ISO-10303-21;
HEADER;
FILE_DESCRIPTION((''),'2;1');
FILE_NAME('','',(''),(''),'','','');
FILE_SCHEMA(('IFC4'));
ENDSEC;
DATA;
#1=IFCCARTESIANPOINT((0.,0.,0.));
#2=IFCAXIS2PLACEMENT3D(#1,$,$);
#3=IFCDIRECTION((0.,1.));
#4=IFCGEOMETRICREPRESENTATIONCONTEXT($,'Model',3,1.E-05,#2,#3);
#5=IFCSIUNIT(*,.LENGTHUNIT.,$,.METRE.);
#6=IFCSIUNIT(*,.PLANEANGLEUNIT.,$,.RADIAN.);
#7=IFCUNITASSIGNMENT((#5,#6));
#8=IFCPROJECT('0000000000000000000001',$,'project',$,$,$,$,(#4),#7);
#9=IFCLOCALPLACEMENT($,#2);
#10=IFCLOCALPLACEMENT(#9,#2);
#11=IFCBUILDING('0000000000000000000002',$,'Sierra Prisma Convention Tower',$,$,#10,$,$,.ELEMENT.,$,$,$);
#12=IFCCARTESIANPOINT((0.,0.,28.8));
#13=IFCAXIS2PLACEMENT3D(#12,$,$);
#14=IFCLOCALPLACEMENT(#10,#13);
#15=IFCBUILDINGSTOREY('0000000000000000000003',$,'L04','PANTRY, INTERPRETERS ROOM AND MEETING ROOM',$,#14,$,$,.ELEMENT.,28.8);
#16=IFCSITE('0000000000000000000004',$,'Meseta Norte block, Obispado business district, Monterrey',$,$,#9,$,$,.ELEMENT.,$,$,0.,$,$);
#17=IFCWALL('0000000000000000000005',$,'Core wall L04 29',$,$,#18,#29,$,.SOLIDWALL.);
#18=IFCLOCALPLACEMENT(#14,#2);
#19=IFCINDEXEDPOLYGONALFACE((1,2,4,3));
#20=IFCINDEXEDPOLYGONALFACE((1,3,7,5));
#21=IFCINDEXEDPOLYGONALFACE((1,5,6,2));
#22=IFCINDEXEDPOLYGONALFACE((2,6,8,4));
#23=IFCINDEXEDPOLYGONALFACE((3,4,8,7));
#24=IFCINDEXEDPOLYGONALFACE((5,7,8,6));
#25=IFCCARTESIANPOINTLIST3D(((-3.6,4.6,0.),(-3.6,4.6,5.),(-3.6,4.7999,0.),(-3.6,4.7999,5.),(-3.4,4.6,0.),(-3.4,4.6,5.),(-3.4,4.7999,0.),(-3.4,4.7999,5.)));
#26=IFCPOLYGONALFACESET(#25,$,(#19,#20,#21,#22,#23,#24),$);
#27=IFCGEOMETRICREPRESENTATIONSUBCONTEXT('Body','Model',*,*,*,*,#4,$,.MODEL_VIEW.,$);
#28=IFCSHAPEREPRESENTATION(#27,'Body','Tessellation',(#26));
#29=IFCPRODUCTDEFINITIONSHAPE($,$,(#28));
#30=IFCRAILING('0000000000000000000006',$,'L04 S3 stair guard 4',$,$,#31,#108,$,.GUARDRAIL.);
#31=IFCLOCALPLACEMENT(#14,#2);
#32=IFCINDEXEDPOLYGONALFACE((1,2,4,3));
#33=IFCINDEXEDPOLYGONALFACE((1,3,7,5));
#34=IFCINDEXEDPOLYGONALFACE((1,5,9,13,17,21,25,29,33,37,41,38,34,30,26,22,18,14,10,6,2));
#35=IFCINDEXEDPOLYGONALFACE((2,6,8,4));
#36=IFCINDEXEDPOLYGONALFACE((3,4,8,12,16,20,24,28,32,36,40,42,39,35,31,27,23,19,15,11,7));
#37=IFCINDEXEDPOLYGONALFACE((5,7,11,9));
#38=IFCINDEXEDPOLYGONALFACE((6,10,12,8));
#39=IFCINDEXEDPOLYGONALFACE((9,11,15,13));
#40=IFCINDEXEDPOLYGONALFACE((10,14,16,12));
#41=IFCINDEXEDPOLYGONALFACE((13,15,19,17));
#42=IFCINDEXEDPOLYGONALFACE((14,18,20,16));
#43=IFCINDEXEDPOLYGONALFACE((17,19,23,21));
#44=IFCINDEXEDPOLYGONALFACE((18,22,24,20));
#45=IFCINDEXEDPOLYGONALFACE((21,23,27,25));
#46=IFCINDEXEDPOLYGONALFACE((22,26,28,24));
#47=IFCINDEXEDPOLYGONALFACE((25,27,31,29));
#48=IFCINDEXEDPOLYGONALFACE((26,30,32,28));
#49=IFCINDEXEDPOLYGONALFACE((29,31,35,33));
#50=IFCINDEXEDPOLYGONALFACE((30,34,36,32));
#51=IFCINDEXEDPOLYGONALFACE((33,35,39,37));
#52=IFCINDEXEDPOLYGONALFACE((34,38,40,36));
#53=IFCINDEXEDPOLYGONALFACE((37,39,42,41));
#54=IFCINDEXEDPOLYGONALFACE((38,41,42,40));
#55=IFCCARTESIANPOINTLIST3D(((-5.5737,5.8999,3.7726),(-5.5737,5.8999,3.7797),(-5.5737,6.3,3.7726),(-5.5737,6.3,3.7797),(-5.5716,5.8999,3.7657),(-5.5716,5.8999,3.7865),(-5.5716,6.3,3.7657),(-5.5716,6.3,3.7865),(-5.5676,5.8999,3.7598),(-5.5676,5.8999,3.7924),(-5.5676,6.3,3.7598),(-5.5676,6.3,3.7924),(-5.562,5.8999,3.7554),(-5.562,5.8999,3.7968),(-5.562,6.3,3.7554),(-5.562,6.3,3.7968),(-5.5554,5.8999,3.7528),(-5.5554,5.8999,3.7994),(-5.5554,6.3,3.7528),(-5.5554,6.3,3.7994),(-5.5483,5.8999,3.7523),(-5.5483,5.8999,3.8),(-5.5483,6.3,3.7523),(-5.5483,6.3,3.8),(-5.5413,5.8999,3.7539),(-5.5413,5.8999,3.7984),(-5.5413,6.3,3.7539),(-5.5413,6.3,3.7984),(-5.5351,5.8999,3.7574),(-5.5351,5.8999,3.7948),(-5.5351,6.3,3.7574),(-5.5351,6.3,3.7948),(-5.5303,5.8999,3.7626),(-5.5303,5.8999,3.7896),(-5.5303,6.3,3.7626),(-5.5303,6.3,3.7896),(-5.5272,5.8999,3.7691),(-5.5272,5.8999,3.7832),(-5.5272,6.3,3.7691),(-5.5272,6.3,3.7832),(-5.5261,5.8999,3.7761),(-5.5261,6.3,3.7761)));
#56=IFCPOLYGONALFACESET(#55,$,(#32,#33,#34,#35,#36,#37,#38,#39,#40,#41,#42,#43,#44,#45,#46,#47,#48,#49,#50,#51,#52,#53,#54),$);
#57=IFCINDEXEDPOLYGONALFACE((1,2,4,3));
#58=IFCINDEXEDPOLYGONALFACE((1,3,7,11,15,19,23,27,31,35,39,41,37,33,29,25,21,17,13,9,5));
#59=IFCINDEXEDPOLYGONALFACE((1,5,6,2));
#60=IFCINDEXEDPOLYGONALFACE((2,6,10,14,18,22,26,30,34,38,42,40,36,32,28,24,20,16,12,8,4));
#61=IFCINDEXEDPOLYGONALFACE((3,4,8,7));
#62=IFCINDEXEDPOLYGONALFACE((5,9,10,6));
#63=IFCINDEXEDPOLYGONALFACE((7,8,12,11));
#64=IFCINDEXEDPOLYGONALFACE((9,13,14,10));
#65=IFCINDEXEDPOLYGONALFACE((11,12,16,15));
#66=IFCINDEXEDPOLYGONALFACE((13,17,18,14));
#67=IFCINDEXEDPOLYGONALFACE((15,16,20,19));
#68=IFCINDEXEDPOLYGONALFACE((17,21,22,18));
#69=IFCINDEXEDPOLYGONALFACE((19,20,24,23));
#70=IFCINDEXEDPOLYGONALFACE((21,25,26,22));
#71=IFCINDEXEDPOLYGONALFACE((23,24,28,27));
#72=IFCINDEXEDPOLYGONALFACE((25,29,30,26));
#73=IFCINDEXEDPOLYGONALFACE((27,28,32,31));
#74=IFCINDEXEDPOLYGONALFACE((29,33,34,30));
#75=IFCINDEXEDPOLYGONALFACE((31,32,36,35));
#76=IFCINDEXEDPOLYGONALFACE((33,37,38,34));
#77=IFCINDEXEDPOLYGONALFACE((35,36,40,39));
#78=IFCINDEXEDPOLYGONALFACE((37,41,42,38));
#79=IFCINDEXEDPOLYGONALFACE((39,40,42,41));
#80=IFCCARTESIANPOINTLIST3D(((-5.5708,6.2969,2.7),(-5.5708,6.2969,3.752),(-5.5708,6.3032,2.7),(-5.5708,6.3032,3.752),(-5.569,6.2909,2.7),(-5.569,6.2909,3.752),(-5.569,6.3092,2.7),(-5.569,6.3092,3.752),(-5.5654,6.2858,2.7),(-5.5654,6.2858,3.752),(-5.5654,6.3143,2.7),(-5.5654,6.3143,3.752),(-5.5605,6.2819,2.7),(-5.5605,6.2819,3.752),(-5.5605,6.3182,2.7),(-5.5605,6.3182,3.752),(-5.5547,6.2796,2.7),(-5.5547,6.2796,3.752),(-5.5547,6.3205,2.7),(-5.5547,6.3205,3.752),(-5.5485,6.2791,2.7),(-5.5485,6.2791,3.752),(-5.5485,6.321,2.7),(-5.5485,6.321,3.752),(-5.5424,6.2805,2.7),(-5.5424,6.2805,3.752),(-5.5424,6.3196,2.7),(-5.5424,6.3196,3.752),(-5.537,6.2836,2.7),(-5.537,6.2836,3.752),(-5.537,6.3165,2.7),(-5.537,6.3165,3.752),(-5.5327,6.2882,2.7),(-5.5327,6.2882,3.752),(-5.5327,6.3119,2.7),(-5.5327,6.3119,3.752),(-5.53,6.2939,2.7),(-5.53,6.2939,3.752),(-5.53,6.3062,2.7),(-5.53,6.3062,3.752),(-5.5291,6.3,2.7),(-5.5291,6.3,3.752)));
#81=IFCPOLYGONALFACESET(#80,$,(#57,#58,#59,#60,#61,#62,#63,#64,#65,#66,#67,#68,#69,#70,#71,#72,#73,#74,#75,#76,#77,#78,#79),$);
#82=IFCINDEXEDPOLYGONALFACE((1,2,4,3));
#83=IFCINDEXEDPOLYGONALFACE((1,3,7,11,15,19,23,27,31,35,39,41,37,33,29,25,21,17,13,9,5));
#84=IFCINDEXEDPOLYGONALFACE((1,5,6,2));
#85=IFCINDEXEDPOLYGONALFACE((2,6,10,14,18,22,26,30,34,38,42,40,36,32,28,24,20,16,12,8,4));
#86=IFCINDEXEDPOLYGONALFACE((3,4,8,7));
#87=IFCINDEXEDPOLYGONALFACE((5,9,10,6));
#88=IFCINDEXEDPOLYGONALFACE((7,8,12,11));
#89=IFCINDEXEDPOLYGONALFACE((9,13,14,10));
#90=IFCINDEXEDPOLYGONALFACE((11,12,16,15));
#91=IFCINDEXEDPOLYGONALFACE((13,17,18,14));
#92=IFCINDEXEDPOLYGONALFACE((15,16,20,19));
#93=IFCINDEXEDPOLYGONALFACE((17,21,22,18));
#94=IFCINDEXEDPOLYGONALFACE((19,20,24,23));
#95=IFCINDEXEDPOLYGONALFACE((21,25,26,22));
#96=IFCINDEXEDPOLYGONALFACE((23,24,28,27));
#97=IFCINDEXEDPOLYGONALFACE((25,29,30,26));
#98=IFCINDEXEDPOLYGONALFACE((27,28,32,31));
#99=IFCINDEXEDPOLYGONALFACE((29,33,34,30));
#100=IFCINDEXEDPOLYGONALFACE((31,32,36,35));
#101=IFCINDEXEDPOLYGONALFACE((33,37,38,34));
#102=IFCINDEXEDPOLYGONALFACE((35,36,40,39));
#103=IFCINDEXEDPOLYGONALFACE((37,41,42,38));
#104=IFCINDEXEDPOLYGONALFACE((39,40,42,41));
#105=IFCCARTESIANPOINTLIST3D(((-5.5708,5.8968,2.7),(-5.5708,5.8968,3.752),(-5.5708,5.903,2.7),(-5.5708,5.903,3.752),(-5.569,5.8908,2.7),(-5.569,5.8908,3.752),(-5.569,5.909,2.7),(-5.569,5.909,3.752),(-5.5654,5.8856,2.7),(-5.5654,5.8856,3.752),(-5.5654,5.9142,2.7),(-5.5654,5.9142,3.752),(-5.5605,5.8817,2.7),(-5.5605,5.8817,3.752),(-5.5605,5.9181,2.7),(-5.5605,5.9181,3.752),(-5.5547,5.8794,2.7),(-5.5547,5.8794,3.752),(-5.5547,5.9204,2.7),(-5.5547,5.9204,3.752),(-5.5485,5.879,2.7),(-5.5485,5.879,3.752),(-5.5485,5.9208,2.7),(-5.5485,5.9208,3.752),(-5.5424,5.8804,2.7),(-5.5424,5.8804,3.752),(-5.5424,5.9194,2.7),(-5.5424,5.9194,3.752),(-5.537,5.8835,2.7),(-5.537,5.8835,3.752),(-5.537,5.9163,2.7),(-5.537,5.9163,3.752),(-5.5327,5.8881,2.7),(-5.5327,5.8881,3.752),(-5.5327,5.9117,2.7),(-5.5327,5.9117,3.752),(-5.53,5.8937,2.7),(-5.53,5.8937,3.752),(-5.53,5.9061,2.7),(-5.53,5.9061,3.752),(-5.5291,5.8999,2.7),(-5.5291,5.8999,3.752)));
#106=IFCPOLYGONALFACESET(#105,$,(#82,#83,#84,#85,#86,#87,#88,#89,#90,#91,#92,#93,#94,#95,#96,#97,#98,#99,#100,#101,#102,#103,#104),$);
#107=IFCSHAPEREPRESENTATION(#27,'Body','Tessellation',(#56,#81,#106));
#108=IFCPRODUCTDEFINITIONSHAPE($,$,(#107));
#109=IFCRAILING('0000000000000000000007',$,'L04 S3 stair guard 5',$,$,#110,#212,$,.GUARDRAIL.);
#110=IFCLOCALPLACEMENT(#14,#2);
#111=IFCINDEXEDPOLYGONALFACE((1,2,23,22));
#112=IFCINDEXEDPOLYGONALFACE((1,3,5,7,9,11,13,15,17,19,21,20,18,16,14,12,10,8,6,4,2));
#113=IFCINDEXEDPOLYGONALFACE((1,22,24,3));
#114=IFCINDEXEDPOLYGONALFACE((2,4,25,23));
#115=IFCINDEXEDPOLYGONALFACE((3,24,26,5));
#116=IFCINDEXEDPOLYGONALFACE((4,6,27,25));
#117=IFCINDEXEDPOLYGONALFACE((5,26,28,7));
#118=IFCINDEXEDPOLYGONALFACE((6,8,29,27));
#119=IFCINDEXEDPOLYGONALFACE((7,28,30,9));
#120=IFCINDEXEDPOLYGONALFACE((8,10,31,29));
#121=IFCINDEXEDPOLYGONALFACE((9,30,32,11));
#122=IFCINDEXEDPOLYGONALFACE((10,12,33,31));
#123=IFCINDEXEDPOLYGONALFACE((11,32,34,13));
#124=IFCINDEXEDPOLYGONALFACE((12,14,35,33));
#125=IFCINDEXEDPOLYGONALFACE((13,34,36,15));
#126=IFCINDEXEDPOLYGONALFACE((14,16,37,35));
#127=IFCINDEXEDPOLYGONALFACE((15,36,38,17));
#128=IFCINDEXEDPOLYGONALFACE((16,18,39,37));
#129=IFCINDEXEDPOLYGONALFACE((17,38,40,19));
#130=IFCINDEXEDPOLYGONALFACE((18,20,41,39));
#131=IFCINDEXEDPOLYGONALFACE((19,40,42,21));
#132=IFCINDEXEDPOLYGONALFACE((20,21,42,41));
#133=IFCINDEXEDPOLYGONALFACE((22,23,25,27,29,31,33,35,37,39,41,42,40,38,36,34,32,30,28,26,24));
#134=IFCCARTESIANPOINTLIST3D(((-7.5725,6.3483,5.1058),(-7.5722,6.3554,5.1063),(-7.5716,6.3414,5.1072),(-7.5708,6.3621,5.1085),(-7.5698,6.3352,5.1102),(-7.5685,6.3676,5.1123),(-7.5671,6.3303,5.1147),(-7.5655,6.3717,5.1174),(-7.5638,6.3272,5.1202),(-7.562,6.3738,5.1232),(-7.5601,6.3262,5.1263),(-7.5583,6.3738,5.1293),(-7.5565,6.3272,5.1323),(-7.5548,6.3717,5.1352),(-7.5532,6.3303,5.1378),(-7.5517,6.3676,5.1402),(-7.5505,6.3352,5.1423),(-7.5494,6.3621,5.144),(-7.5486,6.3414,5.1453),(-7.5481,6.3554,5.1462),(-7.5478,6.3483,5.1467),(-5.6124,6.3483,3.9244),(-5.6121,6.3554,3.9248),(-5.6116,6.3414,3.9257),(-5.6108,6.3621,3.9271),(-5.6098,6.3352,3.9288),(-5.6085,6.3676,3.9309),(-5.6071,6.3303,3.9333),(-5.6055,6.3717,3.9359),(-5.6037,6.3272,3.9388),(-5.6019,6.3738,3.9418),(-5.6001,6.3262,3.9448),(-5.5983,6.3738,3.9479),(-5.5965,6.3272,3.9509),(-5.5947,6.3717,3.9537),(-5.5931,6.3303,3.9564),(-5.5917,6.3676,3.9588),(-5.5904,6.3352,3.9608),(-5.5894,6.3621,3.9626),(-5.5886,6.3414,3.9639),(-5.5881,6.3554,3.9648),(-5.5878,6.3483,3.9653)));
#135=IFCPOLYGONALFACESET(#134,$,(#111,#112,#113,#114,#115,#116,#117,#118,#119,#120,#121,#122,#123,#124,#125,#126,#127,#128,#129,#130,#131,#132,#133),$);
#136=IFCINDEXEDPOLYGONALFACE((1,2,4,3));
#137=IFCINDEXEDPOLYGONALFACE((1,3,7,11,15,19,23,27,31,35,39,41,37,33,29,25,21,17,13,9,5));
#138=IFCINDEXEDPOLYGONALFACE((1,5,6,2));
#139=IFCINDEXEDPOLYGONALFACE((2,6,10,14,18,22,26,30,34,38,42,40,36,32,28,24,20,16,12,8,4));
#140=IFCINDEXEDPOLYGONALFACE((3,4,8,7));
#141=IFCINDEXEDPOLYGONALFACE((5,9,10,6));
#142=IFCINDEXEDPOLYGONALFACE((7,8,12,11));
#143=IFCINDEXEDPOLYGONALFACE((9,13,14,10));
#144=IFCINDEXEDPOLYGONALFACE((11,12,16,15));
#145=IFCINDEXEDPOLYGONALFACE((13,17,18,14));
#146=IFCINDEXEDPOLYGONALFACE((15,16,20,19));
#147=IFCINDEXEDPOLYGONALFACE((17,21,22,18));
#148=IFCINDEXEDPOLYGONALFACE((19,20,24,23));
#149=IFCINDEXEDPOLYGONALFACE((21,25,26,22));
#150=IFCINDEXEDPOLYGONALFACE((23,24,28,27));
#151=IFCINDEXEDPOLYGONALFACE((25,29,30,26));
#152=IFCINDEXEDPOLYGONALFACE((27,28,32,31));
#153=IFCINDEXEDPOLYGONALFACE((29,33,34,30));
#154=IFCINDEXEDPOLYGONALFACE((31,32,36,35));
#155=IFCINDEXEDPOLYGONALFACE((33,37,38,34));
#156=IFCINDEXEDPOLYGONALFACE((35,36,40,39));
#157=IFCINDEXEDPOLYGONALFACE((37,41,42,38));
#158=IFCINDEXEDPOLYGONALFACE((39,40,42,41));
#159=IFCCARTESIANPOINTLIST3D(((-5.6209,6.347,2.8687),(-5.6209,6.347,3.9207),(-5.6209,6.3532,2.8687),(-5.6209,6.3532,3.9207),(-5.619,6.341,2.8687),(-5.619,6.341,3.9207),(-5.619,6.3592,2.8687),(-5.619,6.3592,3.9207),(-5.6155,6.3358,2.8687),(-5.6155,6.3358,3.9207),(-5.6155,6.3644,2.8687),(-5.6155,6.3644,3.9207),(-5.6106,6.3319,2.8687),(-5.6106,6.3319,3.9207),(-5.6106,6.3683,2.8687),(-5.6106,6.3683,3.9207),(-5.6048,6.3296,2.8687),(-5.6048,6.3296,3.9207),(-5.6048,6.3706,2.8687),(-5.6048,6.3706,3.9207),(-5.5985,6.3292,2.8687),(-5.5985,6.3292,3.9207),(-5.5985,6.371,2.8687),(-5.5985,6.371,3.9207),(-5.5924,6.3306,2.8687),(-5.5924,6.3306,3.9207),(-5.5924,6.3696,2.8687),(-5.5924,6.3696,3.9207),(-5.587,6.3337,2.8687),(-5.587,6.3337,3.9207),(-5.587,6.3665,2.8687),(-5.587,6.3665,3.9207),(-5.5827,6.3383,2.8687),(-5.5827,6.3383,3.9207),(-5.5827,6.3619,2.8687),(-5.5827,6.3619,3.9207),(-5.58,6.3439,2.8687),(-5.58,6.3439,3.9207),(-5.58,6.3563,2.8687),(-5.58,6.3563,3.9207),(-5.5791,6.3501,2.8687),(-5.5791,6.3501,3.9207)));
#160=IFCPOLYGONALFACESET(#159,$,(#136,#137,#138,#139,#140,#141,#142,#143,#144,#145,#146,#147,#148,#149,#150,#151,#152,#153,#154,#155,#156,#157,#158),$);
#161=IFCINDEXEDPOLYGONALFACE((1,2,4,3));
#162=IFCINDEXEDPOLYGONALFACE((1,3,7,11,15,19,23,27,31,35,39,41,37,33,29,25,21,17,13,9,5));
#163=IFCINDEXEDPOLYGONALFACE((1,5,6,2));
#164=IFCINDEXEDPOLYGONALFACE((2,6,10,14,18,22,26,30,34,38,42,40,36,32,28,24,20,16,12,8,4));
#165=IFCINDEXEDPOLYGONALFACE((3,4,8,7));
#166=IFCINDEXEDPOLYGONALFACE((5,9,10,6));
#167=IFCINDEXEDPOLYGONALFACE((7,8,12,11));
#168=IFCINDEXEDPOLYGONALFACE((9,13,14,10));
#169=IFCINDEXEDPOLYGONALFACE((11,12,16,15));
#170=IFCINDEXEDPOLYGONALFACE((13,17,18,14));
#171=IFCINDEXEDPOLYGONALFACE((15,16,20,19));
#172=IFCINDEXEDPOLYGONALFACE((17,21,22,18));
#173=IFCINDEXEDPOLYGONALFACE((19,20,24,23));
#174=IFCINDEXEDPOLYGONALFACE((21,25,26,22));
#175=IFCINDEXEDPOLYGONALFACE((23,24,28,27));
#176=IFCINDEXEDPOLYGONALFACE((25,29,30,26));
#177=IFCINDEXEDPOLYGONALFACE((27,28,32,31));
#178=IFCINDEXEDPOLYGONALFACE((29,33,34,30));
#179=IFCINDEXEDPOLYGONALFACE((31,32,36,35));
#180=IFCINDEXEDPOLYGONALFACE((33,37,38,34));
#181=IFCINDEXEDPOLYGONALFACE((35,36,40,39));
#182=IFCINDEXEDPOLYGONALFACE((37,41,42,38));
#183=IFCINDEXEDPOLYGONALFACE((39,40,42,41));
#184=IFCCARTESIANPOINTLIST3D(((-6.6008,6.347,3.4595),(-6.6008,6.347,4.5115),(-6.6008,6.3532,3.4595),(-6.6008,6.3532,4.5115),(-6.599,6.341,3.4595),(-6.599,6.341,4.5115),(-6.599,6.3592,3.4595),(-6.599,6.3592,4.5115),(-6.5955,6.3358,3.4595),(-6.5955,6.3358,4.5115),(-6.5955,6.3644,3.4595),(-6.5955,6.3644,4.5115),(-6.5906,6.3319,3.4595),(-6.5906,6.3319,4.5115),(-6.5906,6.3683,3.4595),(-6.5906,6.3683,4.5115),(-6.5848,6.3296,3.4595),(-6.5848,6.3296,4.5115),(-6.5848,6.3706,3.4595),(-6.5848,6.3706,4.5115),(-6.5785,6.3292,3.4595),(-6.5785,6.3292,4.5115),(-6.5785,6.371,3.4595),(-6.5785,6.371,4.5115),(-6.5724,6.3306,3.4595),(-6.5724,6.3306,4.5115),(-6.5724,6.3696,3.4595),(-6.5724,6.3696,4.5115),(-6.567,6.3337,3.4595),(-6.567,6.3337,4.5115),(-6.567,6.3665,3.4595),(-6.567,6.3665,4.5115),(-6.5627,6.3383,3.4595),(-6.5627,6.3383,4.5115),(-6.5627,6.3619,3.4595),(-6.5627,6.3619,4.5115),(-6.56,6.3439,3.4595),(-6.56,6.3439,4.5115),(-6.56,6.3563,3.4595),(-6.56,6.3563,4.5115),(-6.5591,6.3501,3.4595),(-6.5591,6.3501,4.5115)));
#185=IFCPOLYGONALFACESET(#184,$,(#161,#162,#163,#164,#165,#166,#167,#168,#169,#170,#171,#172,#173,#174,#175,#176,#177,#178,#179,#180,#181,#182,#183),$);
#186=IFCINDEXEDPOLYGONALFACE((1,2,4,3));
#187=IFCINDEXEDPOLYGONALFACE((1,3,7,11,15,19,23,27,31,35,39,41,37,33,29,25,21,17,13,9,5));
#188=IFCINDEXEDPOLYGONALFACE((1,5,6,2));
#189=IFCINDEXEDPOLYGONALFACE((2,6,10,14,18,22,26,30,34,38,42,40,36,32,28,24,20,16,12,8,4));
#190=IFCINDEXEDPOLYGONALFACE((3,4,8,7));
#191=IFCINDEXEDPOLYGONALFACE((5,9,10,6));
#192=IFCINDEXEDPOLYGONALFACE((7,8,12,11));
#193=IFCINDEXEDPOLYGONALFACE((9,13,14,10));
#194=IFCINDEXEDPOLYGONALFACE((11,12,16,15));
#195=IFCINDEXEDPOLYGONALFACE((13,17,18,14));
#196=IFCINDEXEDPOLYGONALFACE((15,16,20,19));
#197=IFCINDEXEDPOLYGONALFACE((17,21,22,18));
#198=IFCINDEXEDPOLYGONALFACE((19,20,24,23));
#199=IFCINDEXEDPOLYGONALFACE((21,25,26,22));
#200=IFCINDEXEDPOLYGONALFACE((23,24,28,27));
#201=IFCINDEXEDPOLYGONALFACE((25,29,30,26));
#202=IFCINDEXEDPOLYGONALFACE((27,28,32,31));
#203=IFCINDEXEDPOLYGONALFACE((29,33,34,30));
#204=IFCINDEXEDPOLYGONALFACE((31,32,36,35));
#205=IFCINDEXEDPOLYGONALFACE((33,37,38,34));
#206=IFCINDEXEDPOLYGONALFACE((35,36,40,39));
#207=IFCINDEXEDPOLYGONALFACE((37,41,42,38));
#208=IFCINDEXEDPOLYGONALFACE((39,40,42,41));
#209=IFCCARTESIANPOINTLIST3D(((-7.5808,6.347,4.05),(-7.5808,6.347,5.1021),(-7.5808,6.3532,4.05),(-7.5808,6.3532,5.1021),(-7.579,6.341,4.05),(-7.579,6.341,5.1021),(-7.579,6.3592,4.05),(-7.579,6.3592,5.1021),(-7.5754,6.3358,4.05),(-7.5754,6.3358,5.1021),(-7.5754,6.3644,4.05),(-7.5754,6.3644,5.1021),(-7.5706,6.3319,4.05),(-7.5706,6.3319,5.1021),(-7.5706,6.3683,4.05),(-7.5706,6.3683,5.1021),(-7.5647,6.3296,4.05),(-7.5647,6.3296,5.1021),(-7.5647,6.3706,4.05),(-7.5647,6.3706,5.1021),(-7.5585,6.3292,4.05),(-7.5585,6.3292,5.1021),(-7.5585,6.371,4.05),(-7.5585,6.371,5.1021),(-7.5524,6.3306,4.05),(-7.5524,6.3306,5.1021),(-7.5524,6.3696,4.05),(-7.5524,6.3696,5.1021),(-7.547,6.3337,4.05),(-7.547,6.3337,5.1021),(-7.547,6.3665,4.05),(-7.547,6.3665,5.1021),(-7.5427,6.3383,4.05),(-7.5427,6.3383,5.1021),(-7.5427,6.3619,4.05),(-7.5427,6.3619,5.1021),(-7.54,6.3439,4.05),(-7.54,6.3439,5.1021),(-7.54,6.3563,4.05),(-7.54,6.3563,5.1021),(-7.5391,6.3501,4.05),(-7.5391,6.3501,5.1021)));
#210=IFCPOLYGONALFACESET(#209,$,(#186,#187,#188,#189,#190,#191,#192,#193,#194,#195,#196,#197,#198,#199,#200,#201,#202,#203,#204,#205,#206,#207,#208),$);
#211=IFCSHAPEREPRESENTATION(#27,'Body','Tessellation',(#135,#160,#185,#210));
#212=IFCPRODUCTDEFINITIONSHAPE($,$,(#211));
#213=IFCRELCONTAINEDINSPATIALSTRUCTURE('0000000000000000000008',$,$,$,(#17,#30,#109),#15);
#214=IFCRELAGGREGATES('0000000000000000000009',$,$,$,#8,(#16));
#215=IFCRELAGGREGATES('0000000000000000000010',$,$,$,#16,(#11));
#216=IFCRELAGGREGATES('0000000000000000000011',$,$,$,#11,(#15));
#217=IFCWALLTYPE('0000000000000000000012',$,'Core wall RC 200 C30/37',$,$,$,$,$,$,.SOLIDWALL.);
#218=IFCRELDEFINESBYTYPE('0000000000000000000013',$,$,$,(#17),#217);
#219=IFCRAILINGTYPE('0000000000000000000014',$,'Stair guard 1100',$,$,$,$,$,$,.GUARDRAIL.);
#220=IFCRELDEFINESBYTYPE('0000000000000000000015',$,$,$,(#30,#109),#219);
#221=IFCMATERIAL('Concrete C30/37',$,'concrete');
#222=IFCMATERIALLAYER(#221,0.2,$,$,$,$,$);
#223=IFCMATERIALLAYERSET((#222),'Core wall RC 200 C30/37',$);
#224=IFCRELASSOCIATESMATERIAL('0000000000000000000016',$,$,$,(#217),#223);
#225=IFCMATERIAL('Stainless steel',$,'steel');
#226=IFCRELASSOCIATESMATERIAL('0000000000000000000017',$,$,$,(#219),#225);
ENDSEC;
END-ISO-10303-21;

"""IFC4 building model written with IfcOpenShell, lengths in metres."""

from ifc_helpers import new_model, si_unit, direction, frame, frame_2d, origin, origin_2d, place, context, subcontext, project, spatial, rectangle, circle, extrude, material, layer, layer_set, type_object, element, save


model = new_model("IFC4")

# Units and contexts
model_context = context("Model", 3, precision=1e-05, world=origin(), true_north=direction((0.0, 1.0)))
body_context = subcontext(model_context, "Body", "Model", "MODEL_VIEW")
ifc_project = project(units=[si_unit("LENGTHUNIT", "METRE"), si_unit("PLANEANGLEUNIT", "RADIAN")], contexts=[model_context])

# Site, building, storey
site_placement = place(None, origin())
site = spatial("IfcSite", under=ifc_project, at=site_placement, Name="Meseta Norte block, Obispado business district, Monterrey", CompositionType="ELEMENT", RefElevation=0.0)
building_placement = place(site_placement, origin())
building = spatial("IfcBuilding", under=site, at=building_placement, Name="Sierra Prisma Convention Tower", CompositionType="ELEMENT")
storey_placement = place(building_placement, frame((0.0, 0.0, 28.8)))
storey = spatial("IfcBuildingStorey", under=building, at=storey_placement, Name="L04", Description="PANTRY, INTERPRETERS ROOM AND MEETING ROOM", CompositionType="ELEMENT", Elevation=28.8)

# Shared definitions
ifc_material_1 = material(Name="Concrete C30/37", Category="concrete")
ifc_layer_1 = layer(ifc_material_1, 0.2)
ifc_layer_set_1 = layer_set([ifc_layer_1], Name="Core wall RC 200 C30/37")
wall_type = type_object("IfcWallType", Name="Core wall RC 200 C30/37", PredefinedType="SOLIDWALL", material=ifc_layer_set_1)

# Wall
wall_1_placement = place(storey_placement, frame((-3.5, 4.8, 0.0), z_axis=(0.0, 0.0, 1.0), x_axis=(0.0, -1.0, 0.0)))
element("IfcWall", 1, at=wall_1_placement, inside=storey, type_object=wall_type, Name="Core wall L04 29", PredefinedType="SOLIDWALL", context=body_context, shape_type="SweptSolid", body=[
    extrude(rectangle(XDim=0.2, YDim=0.2, at=frame_2d((0.1001, 0.0))), origin(), (0.0, 0.0, 1.0), 5.0),
])

# Railings
ifc_material_2 = material(Name="Stainless steel", Category="steel")
railing_type = type_object("IfcRailingType", Name="Stair guard 1100", PredefinedType="GUARDRAIL", material=ifc_material_2)
railing_1_placement = place(storey_placement, frame((-5.55, 6.3, 2.7)))
element("IfcRailing", 2, at=railing_1_placement, inside=storey, type_object=railing_type, Name="L04 S3 stair guard 4", PredefinedType="GUARDRAIL", context=body_context, shape_type="SweptSolid", body=[
    extrude(circle(Radius=0.0239, at=origin_2d()), frame((0.0, 0.0, 1.0762), z_axis=(0.0, -1.0, 0.0), x_axis=(1.0, 0.0, 0.0)), (0.0, 0.0, 1.0), 0.4001),
    extrude(circle(Radius=0.021, at=origin_2d()), origin(), (0.0, 0.0, 1.0), 1.052),
    extrude(circle(Radius=0.021, at=origin_2d()), frame((0.0, -0.4001, 0.0)), (0.0, 0.0, 1.0), 1.052),
])
railing_2_placement = place(storey_placement, frame((-5.6001, 6.3501, 2.8687)))
element("IfcRailing", 3, at=railing_2_placement, inside=storey, type_object=railing_type, Name="L04 S3 stair guard 5", PredefinedType="GUARDRAIL", context=body_context, shape_type="SweptSolid", body=[
    extrude(circle(Radius=0.0239, at=origin_2d()), frame((0.0, 0.0, 1.0762), z_axis=(-0.856446, 0.0, 0.516236), x_axis=(0.0, -1.0, 0.0)), (0.0, 0.0, 1.0), 2.2886),
    extrude(circle(Radius=0.021, at=origin_2d()), origin(), (0.0, 0.0, 1.0), 1.052),
    extrude(circle(Radius=0.021, at=origin_2d()), frame((-0.98, 0.0, 0.5908)), (0.0, 0.0, 1.0), 1.052),
    extrude(circle(Radius=0.021, at=origin_2d()), frame((-1.96, 0.0, 1.1814)), (0.0, 0.0, 1.0), 1.052),
])

save(model, "model.ifc")
